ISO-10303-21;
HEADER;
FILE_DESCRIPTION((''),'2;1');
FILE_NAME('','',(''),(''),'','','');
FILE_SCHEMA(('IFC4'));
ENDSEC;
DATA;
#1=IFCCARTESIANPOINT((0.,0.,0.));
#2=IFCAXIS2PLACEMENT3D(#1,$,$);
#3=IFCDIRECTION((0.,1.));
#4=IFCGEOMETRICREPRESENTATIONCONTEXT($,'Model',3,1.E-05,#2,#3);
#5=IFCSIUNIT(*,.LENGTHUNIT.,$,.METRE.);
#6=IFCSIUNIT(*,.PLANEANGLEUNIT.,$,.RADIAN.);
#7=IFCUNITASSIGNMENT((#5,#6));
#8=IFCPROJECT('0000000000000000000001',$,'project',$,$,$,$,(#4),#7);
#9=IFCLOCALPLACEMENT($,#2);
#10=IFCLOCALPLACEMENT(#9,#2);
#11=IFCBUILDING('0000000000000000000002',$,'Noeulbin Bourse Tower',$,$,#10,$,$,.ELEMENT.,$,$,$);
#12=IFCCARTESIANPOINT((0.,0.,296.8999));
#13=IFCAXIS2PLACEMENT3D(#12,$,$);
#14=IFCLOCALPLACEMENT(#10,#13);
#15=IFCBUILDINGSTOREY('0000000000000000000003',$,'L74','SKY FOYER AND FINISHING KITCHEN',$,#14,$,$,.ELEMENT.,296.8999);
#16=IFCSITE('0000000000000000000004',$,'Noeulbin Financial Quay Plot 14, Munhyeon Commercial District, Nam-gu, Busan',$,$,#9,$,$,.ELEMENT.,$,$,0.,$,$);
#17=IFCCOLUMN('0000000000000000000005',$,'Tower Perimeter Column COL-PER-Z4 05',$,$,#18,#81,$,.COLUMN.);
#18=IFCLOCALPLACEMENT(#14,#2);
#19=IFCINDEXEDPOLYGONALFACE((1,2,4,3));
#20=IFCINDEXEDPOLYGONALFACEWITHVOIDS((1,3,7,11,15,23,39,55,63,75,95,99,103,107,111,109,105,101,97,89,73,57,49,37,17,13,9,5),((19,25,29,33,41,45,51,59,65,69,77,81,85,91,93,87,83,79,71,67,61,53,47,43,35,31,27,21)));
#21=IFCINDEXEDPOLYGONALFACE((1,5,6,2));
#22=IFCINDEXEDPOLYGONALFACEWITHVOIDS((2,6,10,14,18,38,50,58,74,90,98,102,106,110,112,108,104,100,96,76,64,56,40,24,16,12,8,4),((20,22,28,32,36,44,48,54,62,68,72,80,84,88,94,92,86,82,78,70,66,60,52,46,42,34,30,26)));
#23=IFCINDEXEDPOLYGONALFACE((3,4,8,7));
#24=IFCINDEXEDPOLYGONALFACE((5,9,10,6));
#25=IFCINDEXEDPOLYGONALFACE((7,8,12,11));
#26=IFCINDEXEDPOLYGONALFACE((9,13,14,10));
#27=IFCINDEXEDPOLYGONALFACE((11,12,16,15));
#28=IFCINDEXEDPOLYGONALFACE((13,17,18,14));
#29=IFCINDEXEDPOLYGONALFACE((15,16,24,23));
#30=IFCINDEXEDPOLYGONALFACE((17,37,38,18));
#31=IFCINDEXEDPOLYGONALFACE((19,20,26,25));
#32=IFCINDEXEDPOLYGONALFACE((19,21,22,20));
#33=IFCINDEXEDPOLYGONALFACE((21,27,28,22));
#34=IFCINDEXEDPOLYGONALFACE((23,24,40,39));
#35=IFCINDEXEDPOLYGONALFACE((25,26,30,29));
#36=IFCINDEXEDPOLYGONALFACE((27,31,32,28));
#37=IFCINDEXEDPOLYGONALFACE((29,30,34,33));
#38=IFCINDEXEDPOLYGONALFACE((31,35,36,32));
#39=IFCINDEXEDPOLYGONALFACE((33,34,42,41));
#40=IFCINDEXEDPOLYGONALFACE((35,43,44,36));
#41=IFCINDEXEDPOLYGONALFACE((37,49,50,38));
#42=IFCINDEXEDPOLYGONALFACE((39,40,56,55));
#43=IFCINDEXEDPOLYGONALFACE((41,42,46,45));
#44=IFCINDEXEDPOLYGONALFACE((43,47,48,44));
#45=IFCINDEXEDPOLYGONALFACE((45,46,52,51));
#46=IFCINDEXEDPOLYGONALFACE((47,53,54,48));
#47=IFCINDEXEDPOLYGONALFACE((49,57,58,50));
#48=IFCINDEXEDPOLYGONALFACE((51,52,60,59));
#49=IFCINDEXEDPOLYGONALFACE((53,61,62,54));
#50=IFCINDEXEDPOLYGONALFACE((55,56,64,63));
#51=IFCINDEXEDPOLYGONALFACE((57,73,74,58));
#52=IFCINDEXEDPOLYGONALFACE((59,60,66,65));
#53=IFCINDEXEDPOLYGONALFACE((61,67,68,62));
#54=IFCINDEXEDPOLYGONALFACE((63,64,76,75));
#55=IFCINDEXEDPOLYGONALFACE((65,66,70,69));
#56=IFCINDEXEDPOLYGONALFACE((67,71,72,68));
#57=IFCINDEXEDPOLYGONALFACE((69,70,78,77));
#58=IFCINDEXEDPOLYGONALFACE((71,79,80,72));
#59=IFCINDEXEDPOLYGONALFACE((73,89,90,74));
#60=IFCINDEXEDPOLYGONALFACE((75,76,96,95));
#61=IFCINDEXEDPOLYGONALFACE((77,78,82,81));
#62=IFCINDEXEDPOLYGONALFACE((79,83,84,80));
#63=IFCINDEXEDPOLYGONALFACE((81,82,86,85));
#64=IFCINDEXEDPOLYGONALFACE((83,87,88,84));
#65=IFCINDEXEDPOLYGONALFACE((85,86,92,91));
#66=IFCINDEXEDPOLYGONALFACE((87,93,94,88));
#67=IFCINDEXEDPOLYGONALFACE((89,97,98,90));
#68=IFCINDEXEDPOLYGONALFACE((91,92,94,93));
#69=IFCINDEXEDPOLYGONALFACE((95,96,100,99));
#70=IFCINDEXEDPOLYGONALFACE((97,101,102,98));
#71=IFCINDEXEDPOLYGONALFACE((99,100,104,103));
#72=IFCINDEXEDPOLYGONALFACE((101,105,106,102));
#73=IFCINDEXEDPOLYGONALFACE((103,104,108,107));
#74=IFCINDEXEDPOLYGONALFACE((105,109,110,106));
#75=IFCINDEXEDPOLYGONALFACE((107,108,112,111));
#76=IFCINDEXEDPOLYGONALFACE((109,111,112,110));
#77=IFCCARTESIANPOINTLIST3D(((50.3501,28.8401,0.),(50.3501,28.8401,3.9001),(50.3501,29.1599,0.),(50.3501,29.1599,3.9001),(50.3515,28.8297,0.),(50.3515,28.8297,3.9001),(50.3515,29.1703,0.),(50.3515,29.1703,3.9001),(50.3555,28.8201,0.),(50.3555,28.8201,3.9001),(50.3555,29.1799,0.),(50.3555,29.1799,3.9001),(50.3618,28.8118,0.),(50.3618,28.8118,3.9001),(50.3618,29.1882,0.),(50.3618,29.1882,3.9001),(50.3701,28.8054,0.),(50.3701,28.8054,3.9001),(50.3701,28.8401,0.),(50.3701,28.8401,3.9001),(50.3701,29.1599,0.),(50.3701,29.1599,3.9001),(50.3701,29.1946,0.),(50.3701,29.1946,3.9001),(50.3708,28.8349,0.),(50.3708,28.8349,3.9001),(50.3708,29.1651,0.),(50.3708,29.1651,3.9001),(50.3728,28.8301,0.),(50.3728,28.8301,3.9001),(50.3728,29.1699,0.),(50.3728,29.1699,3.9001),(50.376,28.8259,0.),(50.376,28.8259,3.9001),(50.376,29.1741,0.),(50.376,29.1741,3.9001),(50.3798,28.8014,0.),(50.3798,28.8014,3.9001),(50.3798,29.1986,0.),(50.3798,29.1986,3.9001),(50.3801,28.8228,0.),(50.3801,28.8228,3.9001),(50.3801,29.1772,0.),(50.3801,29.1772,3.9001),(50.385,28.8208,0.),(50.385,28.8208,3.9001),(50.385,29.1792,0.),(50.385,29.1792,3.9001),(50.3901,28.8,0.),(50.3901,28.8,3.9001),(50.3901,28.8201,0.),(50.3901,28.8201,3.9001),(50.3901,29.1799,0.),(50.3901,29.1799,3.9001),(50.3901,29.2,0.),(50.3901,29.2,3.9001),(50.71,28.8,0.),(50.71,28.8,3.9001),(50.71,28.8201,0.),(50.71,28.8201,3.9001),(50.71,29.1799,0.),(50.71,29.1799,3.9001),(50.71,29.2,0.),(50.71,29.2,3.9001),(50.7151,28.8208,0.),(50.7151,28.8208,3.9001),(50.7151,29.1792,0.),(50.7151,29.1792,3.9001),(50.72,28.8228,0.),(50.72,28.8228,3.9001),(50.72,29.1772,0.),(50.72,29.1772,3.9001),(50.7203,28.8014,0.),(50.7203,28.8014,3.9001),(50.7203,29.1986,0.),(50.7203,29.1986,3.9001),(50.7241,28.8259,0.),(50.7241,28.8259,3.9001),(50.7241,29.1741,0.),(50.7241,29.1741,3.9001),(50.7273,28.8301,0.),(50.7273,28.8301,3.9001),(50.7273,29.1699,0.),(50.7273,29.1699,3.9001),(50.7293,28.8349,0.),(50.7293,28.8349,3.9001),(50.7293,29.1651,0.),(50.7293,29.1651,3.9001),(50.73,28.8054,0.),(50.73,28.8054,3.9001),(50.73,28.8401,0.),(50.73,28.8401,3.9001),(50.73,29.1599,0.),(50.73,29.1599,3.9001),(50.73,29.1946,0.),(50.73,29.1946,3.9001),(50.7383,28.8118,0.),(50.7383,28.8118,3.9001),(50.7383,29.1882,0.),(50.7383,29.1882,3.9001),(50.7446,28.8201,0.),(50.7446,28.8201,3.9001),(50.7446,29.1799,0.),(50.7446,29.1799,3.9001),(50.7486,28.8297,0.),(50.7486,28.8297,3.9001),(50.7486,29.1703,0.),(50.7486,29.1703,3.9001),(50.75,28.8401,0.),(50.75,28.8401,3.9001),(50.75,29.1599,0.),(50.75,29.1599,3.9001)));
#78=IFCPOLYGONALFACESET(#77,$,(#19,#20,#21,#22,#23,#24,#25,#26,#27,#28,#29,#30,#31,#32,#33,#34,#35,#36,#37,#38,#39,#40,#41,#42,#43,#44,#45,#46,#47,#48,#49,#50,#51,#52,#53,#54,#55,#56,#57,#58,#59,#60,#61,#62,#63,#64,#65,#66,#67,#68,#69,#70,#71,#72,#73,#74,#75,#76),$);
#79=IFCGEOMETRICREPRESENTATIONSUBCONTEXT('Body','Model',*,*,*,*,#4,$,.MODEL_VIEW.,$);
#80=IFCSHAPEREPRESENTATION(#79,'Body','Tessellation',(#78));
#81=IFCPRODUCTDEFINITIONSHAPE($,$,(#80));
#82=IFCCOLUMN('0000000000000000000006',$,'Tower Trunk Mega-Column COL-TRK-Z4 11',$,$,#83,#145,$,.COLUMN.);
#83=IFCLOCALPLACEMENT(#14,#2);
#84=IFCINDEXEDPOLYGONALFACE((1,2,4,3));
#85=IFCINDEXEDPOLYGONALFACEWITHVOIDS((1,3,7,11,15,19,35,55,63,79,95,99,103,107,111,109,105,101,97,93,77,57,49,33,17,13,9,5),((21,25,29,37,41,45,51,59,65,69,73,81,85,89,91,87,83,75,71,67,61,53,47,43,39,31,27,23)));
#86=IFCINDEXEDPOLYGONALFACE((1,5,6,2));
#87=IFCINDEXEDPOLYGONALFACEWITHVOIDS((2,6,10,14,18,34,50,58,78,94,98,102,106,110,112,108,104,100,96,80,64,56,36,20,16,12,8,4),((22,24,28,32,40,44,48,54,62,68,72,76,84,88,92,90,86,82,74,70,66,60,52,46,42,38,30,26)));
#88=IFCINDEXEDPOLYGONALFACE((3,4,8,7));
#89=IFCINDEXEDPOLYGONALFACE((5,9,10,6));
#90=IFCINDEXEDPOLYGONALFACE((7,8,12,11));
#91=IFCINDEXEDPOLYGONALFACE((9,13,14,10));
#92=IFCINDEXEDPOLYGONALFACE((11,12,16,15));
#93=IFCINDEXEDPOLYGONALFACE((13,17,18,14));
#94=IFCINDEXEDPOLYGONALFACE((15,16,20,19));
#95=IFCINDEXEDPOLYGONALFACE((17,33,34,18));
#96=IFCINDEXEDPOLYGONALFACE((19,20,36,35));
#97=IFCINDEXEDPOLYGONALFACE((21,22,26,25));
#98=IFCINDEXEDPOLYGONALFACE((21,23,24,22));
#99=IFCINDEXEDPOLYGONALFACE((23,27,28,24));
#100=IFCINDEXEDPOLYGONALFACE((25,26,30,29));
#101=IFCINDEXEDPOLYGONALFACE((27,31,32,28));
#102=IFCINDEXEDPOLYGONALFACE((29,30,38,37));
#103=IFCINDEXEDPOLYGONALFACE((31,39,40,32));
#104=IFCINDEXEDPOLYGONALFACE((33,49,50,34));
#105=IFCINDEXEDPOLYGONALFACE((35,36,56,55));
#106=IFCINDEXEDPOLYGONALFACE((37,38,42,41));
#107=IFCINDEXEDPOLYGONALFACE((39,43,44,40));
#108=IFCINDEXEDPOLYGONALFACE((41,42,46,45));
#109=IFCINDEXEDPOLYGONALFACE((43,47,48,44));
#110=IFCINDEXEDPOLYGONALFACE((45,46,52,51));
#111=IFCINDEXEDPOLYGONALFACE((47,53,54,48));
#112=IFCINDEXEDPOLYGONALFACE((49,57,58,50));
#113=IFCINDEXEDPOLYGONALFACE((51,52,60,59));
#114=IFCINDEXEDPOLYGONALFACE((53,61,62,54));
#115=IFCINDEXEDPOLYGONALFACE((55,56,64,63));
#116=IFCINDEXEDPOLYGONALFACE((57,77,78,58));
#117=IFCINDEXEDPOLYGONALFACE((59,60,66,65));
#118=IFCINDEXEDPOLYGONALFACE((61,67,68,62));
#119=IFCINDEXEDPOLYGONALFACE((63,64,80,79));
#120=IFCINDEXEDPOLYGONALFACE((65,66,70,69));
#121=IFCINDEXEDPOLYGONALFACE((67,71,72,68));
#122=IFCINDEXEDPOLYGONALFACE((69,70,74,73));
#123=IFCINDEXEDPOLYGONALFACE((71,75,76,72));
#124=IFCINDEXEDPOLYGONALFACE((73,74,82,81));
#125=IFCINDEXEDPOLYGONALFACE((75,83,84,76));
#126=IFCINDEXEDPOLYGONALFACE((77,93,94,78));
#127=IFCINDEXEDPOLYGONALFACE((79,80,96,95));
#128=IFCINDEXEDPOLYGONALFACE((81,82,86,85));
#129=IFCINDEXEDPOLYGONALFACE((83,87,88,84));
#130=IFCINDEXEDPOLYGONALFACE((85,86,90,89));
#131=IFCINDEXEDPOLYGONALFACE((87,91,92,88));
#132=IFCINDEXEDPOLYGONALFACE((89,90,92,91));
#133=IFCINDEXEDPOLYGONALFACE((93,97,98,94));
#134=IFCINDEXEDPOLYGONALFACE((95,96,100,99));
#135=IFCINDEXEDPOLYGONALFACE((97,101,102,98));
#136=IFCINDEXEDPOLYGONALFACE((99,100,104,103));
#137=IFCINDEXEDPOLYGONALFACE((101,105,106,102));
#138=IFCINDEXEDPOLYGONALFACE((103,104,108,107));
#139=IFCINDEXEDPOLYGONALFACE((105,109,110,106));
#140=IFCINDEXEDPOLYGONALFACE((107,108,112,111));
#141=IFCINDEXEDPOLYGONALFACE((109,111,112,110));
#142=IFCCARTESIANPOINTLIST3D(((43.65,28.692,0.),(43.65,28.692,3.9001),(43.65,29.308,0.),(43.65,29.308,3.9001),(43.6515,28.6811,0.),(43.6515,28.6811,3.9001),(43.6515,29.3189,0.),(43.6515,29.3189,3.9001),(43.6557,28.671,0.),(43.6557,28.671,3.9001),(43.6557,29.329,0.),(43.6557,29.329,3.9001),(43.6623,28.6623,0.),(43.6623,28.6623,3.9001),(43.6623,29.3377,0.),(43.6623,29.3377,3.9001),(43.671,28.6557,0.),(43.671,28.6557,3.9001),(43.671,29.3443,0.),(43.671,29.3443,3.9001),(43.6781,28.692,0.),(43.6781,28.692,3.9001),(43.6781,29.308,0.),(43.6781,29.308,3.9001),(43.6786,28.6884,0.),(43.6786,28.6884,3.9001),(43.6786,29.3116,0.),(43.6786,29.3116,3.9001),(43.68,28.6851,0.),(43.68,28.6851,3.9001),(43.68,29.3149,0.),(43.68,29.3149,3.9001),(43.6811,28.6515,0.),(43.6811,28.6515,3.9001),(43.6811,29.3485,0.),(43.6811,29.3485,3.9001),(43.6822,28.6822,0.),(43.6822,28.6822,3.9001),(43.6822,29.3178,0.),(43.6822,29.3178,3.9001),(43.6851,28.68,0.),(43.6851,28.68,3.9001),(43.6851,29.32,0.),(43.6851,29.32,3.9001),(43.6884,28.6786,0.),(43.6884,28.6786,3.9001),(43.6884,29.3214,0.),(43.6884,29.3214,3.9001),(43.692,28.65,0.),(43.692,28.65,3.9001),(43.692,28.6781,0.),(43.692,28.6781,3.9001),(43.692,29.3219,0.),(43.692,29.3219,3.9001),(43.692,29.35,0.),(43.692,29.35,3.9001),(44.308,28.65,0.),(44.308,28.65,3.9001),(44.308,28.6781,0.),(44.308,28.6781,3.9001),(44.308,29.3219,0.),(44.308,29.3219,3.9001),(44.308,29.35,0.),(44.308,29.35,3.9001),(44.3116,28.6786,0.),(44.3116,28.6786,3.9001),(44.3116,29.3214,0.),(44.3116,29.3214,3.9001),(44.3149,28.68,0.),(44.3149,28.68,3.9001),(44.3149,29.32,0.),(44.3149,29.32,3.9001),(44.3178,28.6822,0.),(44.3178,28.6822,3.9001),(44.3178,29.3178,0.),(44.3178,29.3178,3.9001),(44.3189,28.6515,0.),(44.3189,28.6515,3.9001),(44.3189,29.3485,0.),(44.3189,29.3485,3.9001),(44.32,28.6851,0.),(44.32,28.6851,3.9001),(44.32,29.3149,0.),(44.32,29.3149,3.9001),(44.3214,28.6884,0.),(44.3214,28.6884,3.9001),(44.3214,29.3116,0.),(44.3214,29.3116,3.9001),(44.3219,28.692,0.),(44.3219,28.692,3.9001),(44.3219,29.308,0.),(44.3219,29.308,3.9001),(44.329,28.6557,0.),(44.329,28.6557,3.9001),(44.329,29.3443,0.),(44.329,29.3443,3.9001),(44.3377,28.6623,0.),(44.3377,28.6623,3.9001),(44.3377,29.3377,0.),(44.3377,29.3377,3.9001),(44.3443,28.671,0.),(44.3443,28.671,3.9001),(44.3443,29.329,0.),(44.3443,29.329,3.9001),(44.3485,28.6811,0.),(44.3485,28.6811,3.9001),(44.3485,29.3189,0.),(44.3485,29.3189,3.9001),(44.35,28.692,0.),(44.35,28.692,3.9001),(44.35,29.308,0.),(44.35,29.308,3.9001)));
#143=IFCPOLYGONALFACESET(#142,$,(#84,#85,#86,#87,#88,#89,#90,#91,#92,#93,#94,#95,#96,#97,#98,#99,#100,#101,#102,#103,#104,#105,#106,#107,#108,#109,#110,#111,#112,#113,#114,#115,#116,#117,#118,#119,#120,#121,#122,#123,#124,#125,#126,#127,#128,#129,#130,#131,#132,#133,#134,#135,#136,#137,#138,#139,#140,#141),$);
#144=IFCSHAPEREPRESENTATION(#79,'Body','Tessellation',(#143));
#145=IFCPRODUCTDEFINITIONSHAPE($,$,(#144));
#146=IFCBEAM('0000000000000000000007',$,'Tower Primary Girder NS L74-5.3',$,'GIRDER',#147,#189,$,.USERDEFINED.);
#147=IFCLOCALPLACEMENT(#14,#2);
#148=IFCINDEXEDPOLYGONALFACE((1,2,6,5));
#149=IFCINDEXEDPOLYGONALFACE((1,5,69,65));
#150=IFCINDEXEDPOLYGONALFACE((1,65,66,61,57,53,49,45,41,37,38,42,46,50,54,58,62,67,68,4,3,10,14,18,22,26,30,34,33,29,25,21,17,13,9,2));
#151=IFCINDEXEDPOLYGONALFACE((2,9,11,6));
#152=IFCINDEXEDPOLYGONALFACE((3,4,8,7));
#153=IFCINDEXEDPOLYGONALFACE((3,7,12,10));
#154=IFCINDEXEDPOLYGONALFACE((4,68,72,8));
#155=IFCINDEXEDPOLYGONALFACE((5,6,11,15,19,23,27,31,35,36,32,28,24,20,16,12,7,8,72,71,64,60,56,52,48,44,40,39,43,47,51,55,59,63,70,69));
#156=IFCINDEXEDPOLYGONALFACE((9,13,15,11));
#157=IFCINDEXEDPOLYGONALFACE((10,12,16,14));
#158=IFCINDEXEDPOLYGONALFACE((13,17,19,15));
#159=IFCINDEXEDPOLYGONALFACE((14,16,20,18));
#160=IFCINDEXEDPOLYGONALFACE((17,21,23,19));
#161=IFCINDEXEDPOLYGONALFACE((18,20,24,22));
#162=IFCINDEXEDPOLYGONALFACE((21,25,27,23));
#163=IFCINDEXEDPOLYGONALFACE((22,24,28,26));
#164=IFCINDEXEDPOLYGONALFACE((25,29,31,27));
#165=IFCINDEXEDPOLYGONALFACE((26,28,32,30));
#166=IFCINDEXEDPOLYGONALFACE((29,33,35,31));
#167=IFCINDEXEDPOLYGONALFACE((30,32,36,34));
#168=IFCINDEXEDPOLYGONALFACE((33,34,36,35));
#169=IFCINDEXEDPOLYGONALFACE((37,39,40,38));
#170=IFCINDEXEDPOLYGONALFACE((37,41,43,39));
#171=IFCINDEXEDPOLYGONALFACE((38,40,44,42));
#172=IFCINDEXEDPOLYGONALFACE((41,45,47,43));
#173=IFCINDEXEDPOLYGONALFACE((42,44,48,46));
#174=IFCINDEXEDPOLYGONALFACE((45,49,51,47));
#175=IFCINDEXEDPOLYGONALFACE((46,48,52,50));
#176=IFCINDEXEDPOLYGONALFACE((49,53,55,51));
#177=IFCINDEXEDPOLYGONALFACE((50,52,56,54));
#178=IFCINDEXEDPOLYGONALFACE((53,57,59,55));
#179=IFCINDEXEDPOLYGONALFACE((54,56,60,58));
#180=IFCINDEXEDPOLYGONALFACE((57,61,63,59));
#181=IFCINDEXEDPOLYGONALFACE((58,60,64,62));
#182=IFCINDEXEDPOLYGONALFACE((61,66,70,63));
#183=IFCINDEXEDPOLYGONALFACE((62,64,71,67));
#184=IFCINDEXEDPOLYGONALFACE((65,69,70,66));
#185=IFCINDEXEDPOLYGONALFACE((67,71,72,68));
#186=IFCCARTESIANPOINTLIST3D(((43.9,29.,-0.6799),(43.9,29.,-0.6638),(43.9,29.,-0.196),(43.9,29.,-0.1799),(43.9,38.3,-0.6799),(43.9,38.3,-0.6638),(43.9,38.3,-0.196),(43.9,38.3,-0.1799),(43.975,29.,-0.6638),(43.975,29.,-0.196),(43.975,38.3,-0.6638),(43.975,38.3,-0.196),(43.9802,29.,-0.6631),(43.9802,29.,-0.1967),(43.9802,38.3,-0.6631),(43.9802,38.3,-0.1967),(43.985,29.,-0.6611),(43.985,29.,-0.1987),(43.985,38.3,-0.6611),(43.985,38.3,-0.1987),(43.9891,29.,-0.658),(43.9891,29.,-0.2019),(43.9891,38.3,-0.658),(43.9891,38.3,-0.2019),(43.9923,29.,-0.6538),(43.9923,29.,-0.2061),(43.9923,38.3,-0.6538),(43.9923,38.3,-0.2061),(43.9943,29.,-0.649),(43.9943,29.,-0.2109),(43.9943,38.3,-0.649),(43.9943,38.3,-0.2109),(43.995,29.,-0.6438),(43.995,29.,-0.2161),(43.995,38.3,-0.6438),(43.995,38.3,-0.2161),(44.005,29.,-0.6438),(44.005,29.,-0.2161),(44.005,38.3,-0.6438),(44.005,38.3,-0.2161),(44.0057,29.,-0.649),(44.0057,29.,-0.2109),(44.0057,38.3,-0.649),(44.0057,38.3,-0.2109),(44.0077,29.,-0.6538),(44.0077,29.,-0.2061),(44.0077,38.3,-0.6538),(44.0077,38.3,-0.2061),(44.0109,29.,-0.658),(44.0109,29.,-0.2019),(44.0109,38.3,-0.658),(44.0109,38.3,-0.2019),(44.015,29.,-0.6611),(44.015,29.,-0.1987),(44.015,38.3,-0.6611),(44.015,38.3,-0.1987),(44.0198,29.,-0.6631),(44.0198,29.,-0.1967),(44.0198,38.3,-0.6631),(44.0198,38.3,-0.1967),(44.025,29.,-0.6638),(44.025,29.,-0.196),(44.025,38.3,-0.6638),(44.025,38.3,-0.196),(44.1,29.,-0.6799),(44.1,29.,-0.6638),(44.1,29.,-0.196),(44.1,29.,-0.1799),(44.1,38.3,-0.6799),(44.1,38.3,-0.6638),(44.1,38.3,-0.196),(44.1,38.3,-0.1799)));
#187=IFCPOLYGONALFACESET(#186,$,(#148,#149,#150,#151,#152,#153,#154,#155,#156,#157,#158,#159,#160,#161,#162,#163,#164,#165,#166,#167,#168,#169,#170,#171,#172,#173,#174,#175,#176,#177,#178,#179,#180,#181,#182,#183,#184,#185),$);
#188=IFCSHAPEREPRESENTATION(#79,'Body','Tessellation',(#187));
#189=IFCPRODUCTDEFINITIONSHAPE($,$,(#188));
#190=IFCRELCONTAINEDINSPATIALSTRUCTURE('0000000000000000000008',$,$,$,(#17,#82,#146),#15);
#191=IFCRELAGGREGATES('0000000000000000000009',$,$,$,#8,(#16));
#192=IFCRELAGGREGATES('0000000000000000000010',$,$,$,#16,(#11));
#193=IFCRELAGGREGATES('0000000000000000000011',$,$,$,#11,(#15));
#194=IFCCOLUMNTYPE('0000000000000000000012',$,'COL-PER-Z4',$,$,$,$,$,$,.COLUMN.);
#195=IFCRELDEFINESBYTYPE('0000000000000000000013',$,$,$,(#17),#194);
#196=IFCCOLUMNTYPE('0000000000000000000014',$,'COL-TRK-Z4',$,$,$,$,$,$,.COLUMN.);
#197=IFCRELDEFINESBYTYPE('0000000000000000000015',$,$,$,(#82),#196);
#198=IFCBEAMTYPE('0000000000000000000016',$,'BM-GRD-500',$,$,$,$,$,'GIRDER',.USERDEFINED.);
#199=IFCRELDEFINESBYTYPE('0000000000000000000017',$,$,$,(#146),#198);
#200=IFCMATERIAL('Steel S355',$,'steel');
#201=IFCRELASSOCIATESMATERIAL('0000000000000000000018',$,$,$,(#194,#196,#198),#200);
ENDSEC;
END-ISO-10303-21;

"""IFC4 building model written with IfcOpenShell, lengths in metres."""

from ifc_helpers import new_model, si_unit, direction, frame, origin, origin_2d, place, context, subcontext, project, spatial, hollow_rectangle, i_section, extrude, material, material_profile, profile_set, type_object, element, save


model = new_model("IFC4")

# Units and contexts
model_context = context("Model", 3, precision=1e-05, world=origin(), true_north=direction((0.0, 1.0)))
body_context = subcontext(model_context, "Body", "Model", "MODEL_VIEW")
ifc_project = project(units=[si_unit("LENGTHUNIT", "METRE"), si_unit("PLANEANGLEUNIT", "RADIAN")], contexts=[model_context])

# Site, building, storey
site_placement = place(None, origin())
site = spatial("IfcSite", under=ifc_project, at=site_placement, Name="Noeulbin Financial Quay Plot 14, Munhyeon Commercial District, Nam-gu, Busan", CompositionType="ELEMENT", RefElevation=0.0)
building_placement = place(site_placement, origin())
building = spatial("IfcBuilding", under=site, at=building_placement, Name="Noeulbin Bourse Tower", CompositionType="ELEMENT")
storey_placement = place(building_placement, frame((0.0, 0.0, 296.8999)))
storey = spatial("IfcBuildingStorey", under=building, at=storey_placement, Name="L74", Description="SKY FOYER AND FINISHING KITCHEN", CompositionType="ELEMENT", Elevation=296.8999)

# Columns
ifc_material_1 = material(Name="Steel S355", Category="steel")
ifc_material_profile_1 = material_profile(ifc_material_1, hollow_rectangle(XDim=0.3999, YDim=0.3999, WallThickness=0.02, InnerFilletRadius=0.02, OuterFilletRadius=0.04, at=origin_2d()), Name="SHS-400x400x20", Category="LoadBearing")
ifc_profile_set_1 = profile_set([ifc_material_profile_1], Name="Steel S355")
column_type_1 = type_object("IfcColumnType", Name="COL-PER-Z4", PredefinedType="COLUMN", material=ifc_profile_set_1)
column_1_placement = place(storey_placement, frame((50.55, 29.0, 0.0), z_axis=(0.0, 0.0, 1.0), x_axis=(1.0, 0.0, 0.0)))
element("IfcColumn", 1, at=column_1_placement, inside=storey, type_object=column_type_1, Name="Tower Perimeter Column COL-PER-Z4 05", PredefinedType="COLUMN", context=body_context, shape_type="SweptSolid", body=[
    extrude(hollow_rectangle(XDim=0.3999, YDim=0.3999, WallThickness=0.02, InnerFilletRadius=0.02, OuterFilletRadius=0.04, at=origin_2d()), origin(), (0.0, 0.0, 1.0), 3.9001),
])
ifc_material_profile_2 = material_profile(ifc_material_1, hollow_rectangle(XDim=0.7, YDim=0.7, WallThickness=0.0281, InnerFilletRadius=0.0139, OuterFilletRadius=0.042, at=origin_2d()), Name="BOX-700x700x28", Category="LoadBearing")
ifc_profile_set_2 = profile_set([ifc_material_profile_2], Name="Steel S355")
column_type_2 = type_object("IfcColumnType", Name="COL-TRK-Z4", PredefinedType="COLUMN", material=ifc_profile_set_2)
column_2_placement = place(storey_placement, frame((44.0, 29.0, 0.0), z_axis=(0.0, 0.0, 1.0), x_axis=(1.0, 0.0, 0.0)))
element("IfcColumn", 2, at=column_2_placement, inside=storey, type_object=column_type_2, Name="Tower Trunk Mega-Column COL-TRK-Z4 11", PredefinedType="COLUMN", context=body_context, shape_type="SweptSolid", body=[
    extrude(hollow_rectangle(XDim=0.7, YDim=0.7, WallThickness=0.0281, InnerFilletRadius=0.0139, OuterFilletRadius=0.042, at=origin_2d()), origin(), (0.0, 0.0, 1.0), 3.9001),
])

# Beam
ifc_material_profile_3 = material_profile(ifc_material_1, i_section(OverallWidth=0.2, OverallDepth=0.5, WebThickness=0.01, FlangeThickness=0.0161, FilletRadius=0.02, at=origin_2d()), Name="H-500x200x10x16", Category="LoadBearing")
ifc_profile_set_3 = profile_set([ifc_material_profile_3], Name="Steel S355")
beam_type_1 = type_object("IfcBeamType", Name="BM-GRD-500", ElementType="GIRDER", PredefinedType="USERDEFINED", material=ifc_profile_set_3)
beam_1_placement = place(storey_placement, frame((44.0, 29.0, -0.4299), z_axis=(0.0, 1.0, 0.0), x_axis=(-1.0, 0.0, 0.0)))
element("IfcBeam", 3, at=beam_1_placement, inside=storey, type_object=beam_type_1, Name="Tower Primary Girder NS L74-5.3", ObjectType="GIRDER", PredefinedType="USERDEFINED", context=body_context, shape_type="SweptSolid", body=[
    extrude(i_section(OverallWidth=0.2, OverallDepth=0.5, WebThickness=0.01, FlangeThickness=0.0161, FilletRadius=0.02, at=origin_2d()), origin(), (0.0, 0.0, 1.0), 9.3),
])

save(model, "model.ifc")
